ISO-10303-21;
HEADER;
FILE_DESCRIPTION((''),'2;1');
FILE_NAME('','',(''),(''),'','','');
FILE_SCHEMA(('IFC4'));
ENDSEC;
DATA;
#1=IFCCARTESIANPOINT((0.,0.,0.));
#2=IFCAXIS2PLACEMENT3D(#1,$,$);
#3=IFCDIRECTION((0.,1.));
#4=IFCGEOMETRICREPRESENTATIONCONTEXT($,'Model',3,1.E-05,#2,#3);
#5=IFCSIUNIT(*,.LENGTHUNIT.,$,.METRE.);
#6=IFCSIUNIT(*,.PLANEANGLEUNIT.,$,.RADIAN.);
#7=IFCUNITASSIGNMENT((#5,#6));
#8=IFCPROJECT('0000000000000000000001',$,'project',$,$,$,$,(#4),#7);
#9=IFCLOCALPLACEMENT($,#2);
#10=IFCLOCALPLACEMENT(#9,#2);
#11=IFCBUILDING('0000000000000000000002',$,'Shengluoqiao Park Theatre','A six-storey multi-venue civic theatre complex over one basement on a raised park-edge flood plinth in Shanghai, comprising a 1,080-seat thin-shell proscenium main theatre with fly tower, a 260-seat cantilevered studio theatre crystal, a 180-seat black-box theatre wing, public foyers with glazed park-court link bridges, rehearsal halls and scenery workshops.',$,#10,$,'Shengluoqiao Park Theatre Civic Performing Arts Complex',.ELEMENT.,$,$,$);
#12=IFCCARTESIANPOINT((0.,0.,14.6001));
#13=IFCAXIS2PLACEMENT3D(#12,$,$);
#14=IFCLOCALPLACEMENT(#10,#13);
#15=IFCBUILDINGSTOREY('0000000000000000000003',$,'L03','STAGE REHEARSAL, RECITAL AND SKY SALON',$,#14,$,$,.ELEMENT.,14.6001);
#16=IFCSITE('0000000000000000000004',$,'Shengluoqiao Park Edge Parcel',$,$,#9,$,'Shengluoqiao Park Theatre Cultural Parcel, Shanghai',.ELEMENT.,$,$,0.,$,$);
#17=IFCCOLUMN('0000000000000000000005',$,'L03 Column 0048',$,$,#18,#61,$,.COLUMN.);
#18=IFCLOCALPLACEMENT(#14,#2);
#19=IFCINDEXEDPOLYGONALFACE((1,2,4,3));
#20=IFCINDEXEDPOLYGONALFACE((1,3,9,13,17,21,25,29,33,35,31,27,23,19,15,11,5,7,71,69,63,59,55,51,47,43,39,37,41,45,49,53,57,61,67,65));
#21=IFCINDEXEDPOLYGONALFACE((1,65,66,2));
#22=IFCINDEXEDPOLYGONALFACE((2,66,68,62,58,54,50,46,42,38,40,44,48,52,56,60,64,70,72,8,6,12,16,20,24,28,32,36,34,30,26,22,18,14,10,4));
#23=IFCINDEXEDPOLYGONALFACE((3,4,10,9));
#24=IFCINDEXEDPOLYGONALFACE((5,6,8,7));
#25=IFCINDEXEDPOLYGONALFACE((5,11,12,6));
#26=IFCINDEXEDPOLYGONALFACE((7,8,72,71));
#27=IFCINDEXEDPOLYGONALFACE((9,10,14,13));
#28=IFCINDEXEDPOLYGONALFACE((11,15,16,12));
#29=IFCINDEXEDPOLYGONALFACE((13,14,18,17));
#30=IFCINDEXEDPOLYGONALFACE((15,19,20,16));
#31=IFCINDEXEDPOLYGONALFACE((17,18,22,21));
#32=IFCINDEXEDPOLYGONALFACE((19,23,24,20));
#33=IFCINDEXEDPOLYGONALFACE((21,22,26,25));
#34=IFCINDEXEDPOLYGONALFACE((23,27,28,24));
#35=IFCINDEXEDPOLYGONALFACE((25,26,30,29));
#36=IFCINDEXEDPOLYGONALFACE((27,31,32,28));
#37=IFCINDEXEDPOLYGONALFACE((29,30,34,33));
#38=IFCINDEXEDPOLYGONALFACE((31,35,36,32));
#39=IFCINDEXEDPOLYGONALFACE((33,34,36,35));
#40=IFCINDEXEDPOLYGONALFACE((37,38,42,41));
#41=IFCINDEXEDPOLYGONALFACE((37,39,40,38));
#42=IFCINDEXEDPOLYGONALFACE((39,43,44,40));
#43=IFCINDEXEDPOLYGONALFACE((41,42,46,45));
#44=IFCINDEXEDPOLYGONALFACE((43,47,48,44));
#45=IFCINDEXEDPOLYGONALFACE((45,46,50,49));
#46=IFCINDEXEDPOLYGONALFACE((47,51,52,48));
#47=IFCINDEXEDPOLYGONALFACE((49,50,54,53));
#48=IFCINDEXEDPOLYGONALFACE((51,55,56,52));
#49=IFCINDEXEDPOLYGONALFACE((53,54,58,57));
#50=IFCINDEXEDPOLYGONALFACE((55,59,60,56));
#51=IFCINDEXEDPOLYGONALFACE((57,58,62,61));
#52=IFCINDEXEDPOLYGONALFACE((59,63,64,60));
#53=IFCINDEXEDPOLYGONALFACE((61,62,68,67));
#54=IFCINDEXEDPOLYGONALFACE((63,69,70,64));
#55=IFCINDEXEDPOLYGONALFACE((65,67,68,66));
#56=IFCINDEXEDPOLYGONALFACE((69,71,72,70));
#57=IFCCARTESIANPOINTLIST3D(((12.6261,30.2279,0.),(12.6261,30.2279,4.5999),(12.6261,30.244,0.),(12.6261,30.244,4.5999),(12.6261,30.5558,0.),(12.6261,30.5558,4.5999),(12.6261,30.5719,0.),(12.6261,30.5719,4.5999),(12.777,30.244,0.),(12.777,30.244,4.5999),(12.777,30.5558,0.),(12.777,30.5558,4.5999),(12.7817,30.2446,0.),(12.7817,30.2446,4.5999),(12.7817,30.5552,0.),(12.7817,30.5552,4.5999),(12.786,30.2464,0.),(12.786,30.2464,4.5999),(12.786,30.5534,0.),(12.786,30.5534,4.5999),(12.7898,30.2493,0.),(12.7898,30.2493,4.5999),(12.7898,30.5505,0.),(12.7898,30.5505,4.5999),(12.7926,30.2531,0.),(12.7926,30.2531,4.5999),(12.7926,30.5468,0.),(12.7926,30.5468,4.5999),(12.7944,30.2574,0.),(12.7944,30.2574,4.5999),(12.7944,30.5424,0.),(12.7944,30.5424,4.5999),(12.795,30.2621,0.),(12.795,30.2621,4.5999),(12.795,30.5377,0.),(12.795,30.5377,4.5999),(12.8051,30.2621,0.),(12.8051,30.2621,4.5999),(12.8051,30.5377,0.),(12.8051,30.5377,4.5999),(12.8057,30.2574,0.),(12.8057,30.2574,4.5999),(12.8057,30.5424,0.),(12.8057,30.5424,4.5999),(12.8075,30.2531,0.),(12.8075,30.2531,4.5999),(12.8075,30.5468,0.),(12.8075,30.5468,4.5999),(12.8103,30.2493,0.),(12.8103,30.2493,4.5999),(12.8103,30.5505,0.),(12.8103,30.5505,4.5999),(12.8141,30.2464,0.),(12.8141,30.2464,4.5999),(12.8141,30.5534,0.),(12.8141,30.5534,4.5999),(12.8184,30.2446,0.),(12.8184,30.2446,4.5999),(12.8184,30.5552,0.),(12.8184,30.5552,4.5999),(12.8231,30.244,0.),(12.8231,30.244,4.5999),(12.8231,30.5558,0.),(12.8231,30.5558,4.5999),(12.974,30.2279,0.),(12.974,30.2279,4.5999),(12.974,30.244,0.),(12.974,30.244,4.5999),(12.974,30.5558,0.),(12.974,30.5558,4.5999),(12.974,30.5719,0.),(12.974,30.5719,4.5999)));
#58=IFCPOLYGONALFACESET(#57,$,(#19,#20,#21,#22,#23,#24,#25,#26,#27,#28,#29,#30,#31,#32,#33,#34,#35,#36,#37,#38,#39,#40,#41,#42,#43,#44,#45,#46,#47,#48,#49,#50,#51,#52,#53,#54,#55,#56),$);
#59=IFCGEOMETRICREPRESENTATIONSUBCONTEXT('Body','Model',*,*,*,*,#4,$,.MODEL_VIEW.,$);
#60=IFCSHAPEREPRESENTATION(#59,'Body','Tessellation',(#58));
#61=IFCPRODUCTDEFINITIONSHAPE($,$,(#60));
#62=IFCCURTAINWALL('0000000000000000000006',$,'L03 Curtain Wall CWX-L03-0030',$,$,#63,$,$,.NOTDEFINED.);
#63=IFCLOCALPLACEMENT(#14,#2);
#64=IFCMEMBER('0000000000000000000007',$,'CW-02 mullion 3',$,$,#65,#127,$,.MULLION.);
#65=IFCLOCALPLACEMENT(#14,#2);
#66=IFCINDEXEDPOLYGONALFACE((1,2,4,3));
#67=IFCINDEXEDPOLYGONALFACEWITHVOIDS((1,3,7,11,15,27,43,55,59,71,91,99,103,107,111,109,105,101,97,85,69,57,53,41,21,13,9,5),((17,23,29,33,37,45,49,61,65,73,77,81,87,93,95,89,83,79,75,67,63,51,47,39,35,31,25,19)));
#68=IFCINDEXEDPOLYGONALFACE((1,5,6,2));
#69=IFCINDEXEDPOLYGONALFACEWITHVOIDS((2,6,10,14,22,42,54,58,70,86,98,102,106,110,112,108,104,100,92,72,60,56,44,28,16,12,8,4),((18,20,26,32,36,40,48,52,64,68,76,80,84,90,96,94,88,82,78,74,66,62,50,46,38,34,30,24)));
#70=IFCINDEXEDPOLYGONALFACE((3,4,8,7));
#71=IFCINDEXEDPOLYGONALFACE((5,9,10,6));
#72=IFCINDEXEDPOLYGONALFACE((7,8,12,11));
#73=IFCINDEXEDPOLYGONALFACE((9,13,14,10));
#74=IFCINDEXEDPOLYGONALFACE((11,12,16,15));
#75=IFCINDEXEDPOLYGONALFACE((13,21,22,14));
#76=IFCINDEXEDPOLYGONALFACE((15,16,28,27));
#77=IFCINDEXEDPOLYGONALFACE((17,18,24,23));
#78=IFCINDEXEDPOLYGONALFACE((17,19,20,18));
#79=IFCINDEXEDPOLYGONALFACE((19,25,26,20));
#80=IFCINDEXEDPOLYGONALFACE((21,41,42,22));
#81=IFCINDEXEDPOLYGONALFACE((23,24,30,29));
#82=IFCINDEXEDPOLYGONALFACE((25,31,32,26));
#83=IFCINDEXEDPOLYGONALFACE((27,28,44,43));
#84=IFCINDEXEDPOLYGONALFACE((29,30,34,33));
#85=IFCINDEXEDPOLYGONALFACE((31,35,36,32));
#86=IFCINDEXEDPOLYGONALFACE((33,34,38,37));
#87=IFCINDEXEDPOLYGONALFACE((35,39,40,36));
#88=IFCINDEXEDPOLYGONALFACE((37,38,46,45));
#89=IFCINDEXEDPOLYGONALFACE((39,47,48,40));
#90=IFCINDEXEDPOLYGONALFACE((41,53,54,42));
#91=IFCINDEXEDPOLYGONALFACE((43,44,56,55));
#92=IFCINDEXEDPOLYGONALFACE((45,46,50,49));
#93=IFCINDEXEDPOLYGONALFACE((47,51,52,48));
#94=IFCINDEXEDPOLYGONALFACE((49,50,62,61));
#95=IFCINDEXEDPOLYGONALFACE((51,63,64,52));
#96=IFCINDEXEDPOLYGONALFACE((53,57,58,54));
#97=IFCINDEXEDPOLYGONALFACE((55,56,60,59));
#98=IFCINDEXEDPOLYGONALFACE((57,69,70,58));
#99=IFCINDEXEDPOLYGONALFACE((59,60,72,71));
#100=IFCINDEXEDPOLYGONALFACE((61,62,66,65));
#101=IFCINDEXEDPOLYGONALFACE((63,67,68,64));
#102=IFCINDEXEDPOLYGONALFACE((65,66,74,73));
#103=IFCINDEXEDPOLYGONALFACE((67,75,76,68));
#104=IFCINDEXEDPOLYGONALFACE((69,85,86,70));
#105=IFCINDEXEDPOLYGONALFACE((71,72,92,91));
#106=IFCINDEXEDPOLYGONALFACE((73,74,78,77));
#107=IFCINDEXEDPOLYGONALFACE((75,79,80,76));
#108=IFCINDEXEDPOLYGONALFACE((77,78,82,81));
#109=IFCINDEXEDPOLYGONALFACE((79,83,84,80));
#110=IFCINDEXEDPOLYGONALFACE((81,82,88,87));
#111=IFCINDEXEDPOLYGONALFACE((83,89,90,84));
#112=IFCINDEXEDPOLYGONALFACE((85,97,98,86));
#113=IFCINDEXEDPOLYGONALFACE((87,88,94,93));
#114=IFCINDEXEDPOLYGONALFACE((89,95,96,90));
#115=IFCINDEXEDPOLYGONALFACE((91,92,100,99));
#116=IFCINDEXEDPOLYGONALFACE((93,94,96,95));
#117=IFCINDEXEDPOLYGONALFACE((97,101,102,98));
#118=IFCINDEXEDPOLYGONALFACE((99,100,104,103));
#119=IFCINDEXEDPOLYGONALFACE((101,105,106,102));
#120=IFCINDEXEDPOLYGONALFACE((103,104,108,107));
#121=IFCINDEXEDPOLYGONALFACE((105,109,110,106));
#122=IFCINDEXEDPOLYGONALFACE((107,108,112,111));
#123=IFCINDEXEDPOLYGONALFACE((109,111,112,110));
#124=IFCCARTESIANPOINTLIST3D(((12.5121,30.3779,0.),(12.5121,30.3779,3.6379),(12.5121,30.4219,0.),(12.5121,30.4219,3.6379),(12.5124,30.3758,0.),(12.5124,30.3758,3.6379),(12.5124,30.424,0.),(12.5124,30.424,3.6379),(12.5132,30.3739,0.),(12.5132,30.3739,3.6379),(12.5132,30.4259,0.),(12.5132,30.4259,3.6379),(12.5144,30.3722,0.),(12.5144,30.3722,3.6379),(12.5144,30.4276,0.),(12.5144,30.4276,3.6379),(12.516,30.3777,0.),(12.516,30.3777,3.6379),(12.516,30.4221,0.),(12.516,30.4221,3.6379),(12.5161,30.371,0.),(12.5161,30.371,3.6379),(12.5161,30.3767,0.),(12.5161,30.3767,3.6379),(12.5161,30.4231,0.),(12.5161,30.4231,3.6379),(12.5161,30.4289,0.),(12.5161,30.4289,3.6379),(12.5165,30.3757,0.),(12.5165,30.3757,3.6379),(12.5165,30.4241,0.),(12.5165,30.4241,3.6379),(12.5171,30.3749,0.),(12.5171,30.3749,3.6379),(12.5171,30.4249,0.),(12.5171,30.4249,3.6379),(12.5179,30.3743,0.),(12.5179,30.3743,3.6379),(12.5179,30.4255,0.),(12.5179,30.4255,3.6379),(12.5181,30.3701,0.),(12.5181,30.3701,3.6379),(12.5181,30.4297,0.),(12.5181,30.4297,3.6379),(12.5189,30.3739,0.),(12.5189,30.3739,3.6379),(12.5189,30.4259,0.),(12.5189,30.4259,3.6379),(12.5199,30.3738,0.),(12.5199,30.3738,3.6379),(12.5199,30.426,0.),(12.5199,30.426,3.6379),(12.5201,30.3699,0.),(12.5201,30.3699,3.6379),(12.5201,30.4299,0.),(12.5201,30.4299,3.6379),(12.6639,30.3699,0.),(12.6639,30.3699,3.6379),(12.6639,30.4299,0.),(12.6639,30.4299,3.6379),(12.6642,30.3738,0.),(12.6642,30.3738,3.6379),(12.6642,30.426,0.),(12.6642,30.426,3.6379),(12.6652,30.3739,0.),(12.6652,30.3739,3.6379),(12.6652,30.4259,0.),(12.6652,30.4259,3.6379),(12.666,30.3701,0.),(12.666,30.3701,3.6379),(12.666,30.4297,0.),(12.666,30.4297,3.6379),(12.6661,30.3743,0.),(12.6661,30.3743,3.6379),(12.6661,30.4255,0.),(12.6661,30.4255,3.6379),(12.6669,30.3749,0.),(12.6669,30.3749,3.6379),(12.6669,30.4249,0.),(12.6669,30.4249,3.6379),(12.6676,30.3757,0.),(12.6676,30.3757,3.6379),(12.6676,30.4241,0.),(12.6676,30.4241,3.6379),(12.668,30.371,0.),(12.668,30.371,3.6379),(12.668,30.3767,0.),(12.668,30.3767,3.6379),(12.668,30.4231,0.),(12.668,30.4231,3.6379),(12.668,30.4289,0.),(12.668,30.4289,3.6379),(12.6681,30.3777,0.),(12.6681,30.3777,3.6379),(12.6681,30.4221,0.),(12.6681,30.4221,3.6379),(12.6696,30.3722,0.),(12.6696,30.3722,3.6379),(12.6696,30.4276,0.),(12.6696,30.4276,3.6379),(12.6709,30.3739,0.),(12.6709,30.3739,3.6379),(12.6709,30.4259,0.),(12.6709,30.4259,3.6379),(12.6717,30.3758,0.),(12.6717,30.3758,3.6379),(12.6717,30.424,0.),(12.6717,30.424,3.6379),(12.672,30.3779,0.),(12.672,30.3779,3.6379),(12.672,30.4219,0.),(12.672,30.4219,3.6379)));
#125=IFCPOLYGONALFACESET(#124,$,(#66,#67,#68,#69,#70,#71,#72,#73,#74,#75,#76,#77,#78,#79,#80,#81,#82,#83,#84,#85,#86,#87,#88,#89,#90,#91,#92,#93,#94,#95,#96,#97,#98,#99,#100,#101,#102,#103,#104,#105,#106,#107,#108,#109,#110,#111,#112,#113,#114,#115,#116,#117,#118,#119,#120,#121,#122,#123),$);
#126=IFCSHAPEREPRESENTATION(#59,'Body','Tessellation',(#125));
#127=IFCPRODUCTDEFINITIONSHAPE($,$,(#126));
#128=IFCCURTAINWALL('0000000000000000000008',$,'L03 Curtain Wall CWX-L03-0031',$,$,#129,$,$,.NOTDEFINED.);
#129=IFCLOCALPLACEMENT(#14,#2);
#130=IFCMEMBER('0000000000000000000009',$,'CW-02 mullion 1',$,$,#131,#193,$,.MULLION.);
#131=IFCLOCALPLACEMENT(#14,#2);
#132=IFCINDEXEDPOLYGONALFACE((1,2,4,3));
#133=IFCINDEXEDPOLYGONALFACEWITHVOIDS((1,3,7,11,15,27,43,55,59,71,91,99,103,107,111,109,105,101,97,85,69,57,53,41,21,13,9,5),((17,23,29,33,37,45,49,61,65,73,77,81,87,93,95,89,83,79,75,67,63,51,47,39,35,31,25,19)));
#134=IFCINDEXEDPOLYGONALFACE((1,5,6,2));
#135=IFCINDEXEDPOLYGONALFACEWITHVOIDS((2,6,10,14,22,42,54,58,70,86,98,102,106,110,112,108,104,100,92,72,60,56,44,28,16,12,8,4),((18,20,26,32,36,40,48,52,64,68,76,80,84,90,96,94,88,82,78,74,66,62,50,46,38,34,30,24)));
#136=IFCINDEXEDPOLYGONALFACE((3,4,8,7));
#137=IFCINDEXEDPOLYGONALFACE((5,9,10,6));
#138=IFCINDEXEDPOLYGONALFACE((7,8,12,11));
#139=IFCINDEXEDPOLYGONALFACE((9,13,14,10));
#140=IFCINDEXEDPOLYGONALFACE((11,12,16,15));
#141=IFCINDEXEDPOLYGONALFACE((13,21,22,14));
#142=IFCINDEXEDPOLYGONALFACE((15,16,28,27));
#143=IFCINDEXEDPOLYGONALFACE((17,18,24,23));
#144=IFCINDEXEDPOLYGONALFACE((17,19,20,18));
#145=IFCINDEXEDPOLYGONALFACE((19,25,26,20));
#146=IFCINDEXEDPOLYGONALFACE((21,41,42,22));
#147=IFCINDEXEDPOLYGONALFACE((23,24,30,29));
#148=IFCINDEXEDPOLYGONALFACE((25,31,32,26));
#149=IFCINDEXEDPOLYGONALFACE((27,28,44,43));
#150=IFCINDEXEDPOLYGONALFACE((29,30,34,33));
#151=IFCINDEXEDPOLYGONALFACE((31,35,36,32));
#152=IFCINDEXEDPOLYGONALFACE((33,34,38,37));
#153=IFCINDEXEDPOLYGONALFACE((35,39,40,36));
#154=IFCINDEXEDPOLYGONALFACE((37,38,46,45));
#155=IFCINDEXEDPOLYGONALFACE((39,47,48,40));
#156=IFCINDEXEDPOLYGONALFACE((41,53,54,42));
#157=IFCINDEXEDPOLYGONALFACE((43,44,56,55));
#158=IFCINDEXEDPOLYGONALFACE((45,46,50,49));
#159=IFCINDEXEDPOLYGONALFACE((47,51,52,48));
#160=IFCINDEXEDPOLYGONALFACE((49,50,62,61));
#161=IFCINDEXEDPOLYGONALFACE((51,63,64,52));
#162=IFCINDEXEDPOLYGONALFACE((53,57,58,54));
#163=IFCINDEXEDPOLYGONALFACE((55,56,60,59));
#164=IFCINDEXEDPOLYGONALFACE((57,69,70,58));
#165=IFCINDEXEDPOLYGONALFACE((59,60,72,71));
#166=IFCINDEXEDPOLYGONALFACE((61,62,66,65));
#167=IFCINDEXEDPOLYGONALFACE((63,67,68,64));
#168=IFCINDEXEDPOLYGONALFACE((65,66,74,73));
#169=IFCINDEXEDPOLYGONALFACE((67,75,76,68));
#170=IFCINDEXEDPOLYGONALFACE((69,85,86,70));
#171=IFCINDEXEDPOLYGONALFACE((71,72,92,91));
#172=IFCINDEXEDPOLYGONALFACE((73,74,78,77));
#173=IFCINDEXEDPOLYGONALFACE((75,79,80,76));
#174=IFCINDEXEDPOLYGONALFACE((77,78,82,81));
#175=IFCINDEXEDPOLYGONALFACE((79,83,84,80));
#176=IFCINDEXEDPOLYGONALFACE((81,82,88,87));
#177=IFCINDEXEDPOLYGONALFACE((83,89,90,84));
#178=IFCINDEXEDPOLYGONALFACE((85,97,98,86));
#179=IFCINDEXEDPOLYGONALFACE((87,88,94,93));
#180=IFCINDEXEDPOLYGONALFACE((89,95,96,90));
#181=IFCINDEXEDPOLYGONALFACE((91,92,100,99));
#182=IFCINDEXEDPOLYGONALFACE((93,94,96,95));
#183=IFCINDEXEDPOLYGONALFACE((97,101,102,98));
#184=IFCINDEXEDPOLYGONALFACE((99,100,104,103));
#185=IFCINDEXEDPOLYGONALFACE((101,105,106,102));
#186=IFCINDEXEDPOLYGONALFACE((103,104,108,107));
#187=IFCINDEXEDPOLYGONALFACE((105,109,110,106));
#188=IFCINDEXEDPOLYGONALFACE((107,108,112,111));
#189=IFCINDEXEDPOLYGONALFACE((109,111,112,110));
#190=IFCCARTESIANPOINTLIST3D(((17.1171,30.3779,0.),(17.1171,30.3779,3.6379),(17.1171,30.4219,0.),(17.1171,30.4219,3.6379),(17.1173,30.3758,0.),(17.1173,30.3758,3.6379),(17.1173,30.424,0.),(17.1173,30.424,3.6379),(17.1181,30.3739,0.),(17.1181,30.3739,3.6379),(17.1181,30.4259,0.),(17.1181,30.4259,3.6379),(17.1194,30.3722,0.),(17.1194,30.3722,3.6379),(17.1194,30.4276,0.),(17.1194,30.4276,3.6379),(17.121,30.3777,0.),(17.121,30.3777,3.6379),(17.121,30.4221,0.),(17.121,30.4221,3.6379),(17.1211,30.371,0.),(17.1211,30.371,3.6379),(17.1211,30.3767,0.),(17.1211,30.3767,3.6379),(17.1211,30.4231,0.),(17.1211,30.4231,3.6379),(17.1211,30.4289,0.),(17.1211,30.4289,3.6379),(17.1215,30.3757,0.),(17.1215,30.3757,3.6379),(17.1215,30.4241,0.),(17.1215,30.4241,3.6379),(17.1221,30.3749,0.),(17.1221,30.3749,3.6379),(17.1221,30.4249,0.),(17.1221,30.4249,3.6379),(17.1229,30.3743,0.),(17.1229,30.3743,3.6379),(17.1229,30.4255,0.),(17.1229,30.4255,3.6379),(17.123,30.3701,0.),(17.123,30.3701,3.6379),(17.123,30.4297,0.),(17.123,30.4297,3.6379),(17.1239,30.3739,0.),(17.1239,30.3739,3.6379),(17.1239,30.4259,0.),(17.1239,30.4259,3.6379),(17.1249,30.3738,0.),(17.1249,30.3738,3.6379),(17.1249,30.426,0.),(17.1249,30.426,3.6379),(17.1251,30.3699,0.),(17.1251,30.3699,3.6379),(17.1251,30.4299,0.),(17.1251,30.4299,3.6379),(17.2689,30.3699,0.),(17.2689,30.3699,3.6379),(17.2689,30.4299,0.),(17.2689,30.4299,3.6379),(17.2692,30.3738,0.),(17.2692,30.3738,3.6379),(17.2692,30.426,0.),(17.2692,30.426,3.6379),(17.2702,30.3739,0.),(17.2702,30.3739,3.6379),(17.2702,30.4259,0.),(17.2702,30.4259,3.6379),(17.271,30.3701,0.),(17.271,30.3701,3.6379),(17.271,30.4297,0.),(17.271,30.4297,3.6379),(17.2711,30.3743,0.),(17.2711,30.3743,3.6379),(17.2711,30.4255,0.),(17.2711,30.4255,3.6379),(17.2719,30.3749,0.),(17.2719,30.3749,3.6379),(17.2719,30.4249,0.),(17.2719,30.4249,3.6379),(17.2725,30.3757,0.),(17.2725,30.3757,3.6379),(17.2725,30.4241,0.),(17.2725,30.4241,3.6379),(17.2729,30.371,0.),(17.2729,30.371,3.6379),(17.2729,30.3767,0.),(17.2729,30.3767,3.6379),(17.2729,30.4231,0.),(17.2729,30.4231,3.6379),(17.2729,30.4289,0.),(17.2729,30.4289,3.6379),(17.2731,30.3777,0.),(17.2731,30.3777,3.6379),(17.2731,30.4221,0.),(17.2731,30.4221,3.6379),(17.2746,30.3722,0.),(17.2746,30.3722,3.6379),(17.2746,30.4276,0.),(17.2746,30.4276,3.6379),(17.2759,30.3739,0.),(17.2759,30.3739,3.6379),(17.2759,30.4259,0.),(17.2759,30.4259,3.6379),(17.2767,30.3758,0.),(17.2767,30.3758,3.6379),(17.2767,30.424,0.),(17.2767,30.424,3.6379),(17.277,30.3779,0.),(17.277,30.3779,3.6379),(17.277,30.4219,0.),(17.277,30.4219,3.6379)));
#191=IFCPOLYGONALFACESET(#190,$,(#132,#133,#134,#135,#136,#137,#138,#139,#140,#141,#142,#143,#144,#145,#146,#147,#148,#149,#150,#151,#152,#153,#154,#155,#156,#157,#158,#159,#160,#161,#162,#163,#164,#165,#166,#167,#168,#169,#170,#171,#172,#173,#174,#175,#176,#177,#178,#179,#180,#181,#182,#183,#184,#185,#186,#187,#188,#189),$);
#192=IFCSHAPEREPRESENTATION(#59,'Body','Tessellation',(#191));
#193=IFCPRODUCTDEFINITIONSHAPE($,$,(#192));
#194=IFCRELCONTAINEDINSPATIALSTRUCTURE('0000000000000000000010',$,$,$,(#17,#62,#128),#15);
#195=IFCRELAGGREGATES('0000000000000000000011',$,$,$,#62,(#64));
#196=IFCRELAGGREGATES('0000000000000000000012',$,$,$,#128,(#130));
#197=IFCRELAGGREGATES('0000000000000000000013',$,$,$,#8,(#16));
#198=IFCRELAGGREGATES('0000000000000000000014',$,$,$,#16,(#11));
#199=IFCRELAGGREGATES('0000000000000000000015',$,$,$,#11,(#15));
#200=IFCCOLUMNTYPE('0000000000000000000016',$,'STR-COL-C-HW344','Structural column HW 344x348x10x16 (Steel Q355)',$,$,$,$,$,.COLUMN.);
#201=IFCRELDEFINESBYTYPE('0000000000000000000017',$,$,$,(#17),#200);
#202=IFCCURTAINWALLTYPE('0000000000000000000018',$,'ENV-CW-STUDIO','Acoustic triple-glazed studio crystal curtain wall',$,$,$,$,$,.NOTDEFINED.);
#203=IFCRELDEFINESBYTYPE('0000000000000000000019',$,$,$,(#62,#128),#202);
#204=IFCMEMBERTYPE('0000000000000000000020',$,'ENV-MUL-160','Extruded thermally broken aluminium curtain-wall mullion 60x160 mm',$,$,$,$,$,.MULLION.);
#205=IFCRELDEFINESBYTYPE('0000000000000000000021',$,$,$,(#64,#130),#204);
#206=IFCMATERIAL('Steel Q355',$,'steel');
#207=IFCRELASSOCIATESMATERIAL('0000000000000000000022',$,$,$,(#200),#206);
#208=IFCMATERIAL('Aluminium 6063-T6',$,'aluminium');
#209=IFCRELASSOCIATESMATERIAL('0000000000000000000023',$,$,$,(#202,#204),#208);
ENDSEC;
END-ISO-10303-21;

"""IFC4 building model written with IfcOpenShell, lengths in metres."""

from ifc_helpers import new_model, si_unit, direction, frame, origin, origin_2d, place, context, subcontext, project, spatial, hollow_rectangle, i_section, extrude, material, material_profile, profile_set, type_object, element, aggregate, save


model = new_model("IFC4")

# Units and contexts
model_context = context("Model", 3, precision=1e-05, world=origin(), true_north=direction((0.0, 1.0)))
body_context = subcontext(model_context, "Body", "Model", "MODEL_VIEW")
ifc_project = project(units=[si_unit("LENGTHUNIT", "METRE"), si_unit("PLANEANGLEUNIT", "RADIAN")], contexts=[model_context])

# Site, building, storey
site_placement = place(None, origin())
site = spatial("IfcSite", under=ifc_project, at=site_placement, Name="Shengluoqiao Park Edge Parcel", LongName="Shengluoqiao Park Theatre Cultural Parcel, Shanghai", CompositionType="ELEMENT", RefElevation=0.0)
building_placement = place(site_placement, origin())
building = spatial("IfcBuilding", under=site, at=building_placement, Name="Shengluoqiao Park Theatre", Description="A six-storey multi-venue civic theatre complex over one basement on a raised park-edge flood plinth in Shanghai, comprising a 1,080-seat thin-shell proscenium main theatre with fly tower, a 260-seat cantilevered studio theatre crystal, a 180-seat black-box theatre wing, public foyers with glazed park-court link bridges, rehearsal halls and scenery workshops.", LongName="Shengluoqiao Park Theatre Civic Performing Arts Complex", CompositionType="ELEMENT")
storey_placement = place(building_placement, frame((0.0, 0.0, 14.6001)))
storey = spatial("IfcBuildingStorey", under=building, at=storey_placement, Name="L03", Description="STAGE REHEARSAL, RECITAL AND SKY SALON", CompositionType="ELEMENT", Elevation=14.6001)

# Column
ifc_material_1 = material(Name="Steel Q355", Category="steel")
ifc_material_profile_1 = material_profile(ifc_material_1, i_section(OverallWidth=0.3479, OverallDepth=0.344, WebThickness=0.01, FlangeThickness=0.0161, FilletRadius=0.0181, at=origin_2d()), Name="HW 344x348x10x16")
ifc_profile_set_1 = profile_set([ifc_material_profile_1], Name="Steel Q355")
column_type = type_object("IfcColumnType", Name="STR-COL-C-HW344", Description="Structural column HW 344x348x10x16 (Steel Q355)", PredefinedType="COLUMN", material=ifc_profile_set_1)
column_placement = place(storey_placement, frame((12.8, 30.3999, 0.0), z_axis=(0.0, 0.0, 1.0), x_axis=(1.0, 0.0, 0.0)))
element("IfcColumn", 1, at=column_placement, inside=storey, type_object=column_type, Name="L03 Column 0048", PredefinedType="COLUMN", context=body_context, shape_type="SweptSolid", body=[
    extrude(i_section(OverallWidth=0.3479, OverallDepth=0.344, WebThickness=0.01, FlangeThickness=0.0161, FilletRadius=0.0181, at=origin_2d()), origin(), (0.0, 0.0, 1.0), 4.5999),
])

# Curtain wall, member
ifc_material_2 = material(Name="Aluminium 6063-T6", Category="aluminium")
curtain_wall_type = type_object("IfcCurtainWallType", Name="ENV-CW-STUDIO", Description="Acoustic triple-glazed studio crystal curtain wall", PredefinedType="NOTDEFINED", material=ifc_material_2)
curtain_wall_1_placement = place(storey_placement, origin())
curtain_wall_1 = element("IfcCurtainWall", 2, at=curtain_wall_1_placement, inside=storey, type_object=curtain_wall_type, Name="L03 Curtain Wall CWX-L03-0030", PredefinedType="NOTDEFINED")
ifc_material_profile_2 = material_profile(ifc_material_2, hollow_rectangle(XDim=0.0601, YDim=0.1599, WallThickness=0.0039, InnerFilletRadius=0.0039, OuterFilletRadius=0.0081, at=origin_2d()), Name="ALU MULLION 160x60x4")
ifc_profile_set_2 = profile_set([ifc_material_profile_2], Name="Aluminium 6063-T6")
member_type_1 = type_object("IfcMemberType", Name="ENV-MUL-160", Description="Extruded thermally broken aluminium curtain-wall mullion 60x160 mm", PredefinedType="MULLION", material=ifc_profile_set_2)
member_1_placement = place(storey_placement, frame((12.592, 30.3999, 0.0), z_axis=(0.0, 0.0, 1.0), x_axis=(0.0, 1.0, 0.0)))
member_1 = element("IfcMember", 3, at=member_1_placement, type_object=member_type_1, Name="CW-02 mullion 3", PredefinedType="MULLION", context=body_context, shape_type="SweptSolid", body=[
    extrude(hollow_rectangle(XDim=0.0601, YDim=0.1599, WallThickness=0.0039, InnerFilletRadius=0.0039, OuterFilletRadius=0.0081, at=origin_2d()), origin(), (0.0, 0.0, 1.0), 3.6379),
])

# Curtain wall, member
curtain_wall_2_placement = place(storey_placement, origin())
curtain_wall_2 = element("IfcCurtainWall", 4, at=curtain_wall_2_placement, inside=storey, type_object=curtain_wall_type, Name="L03 Curtain Wall CWX-L03-0031", PredefinedType="NOTDEFINED")
member_2_placement = place(storey_placement, frame((17.197, 30.3999, 0.0), z_axis=(0.0, 0.0, 1.0), x_axis=(0.0, 1.0, 0.0)))
member_2 = element("IfcMember", 5, at=member_2_placement, type_object=member_type_1, Name="CW-02 mullion 1", PredefinedType="MULLION", context=body_context, shape_type="SweptSolid", body=[
    extrude(hollow_rectangle(XDim=0.0601, YDim=0.1599, WallThickness=0.0039, InnerFilletRadius=0.0039, OuterFilletRadius=0.0081, at=origin_2d()), origin(), (0.0, 0.0, 1.0), 3.6379),
])

aggregate(curtain_wall_1, [member_1])
aggregate(curtain_wall_2, [member_2])

save(model, "model.ifc")
